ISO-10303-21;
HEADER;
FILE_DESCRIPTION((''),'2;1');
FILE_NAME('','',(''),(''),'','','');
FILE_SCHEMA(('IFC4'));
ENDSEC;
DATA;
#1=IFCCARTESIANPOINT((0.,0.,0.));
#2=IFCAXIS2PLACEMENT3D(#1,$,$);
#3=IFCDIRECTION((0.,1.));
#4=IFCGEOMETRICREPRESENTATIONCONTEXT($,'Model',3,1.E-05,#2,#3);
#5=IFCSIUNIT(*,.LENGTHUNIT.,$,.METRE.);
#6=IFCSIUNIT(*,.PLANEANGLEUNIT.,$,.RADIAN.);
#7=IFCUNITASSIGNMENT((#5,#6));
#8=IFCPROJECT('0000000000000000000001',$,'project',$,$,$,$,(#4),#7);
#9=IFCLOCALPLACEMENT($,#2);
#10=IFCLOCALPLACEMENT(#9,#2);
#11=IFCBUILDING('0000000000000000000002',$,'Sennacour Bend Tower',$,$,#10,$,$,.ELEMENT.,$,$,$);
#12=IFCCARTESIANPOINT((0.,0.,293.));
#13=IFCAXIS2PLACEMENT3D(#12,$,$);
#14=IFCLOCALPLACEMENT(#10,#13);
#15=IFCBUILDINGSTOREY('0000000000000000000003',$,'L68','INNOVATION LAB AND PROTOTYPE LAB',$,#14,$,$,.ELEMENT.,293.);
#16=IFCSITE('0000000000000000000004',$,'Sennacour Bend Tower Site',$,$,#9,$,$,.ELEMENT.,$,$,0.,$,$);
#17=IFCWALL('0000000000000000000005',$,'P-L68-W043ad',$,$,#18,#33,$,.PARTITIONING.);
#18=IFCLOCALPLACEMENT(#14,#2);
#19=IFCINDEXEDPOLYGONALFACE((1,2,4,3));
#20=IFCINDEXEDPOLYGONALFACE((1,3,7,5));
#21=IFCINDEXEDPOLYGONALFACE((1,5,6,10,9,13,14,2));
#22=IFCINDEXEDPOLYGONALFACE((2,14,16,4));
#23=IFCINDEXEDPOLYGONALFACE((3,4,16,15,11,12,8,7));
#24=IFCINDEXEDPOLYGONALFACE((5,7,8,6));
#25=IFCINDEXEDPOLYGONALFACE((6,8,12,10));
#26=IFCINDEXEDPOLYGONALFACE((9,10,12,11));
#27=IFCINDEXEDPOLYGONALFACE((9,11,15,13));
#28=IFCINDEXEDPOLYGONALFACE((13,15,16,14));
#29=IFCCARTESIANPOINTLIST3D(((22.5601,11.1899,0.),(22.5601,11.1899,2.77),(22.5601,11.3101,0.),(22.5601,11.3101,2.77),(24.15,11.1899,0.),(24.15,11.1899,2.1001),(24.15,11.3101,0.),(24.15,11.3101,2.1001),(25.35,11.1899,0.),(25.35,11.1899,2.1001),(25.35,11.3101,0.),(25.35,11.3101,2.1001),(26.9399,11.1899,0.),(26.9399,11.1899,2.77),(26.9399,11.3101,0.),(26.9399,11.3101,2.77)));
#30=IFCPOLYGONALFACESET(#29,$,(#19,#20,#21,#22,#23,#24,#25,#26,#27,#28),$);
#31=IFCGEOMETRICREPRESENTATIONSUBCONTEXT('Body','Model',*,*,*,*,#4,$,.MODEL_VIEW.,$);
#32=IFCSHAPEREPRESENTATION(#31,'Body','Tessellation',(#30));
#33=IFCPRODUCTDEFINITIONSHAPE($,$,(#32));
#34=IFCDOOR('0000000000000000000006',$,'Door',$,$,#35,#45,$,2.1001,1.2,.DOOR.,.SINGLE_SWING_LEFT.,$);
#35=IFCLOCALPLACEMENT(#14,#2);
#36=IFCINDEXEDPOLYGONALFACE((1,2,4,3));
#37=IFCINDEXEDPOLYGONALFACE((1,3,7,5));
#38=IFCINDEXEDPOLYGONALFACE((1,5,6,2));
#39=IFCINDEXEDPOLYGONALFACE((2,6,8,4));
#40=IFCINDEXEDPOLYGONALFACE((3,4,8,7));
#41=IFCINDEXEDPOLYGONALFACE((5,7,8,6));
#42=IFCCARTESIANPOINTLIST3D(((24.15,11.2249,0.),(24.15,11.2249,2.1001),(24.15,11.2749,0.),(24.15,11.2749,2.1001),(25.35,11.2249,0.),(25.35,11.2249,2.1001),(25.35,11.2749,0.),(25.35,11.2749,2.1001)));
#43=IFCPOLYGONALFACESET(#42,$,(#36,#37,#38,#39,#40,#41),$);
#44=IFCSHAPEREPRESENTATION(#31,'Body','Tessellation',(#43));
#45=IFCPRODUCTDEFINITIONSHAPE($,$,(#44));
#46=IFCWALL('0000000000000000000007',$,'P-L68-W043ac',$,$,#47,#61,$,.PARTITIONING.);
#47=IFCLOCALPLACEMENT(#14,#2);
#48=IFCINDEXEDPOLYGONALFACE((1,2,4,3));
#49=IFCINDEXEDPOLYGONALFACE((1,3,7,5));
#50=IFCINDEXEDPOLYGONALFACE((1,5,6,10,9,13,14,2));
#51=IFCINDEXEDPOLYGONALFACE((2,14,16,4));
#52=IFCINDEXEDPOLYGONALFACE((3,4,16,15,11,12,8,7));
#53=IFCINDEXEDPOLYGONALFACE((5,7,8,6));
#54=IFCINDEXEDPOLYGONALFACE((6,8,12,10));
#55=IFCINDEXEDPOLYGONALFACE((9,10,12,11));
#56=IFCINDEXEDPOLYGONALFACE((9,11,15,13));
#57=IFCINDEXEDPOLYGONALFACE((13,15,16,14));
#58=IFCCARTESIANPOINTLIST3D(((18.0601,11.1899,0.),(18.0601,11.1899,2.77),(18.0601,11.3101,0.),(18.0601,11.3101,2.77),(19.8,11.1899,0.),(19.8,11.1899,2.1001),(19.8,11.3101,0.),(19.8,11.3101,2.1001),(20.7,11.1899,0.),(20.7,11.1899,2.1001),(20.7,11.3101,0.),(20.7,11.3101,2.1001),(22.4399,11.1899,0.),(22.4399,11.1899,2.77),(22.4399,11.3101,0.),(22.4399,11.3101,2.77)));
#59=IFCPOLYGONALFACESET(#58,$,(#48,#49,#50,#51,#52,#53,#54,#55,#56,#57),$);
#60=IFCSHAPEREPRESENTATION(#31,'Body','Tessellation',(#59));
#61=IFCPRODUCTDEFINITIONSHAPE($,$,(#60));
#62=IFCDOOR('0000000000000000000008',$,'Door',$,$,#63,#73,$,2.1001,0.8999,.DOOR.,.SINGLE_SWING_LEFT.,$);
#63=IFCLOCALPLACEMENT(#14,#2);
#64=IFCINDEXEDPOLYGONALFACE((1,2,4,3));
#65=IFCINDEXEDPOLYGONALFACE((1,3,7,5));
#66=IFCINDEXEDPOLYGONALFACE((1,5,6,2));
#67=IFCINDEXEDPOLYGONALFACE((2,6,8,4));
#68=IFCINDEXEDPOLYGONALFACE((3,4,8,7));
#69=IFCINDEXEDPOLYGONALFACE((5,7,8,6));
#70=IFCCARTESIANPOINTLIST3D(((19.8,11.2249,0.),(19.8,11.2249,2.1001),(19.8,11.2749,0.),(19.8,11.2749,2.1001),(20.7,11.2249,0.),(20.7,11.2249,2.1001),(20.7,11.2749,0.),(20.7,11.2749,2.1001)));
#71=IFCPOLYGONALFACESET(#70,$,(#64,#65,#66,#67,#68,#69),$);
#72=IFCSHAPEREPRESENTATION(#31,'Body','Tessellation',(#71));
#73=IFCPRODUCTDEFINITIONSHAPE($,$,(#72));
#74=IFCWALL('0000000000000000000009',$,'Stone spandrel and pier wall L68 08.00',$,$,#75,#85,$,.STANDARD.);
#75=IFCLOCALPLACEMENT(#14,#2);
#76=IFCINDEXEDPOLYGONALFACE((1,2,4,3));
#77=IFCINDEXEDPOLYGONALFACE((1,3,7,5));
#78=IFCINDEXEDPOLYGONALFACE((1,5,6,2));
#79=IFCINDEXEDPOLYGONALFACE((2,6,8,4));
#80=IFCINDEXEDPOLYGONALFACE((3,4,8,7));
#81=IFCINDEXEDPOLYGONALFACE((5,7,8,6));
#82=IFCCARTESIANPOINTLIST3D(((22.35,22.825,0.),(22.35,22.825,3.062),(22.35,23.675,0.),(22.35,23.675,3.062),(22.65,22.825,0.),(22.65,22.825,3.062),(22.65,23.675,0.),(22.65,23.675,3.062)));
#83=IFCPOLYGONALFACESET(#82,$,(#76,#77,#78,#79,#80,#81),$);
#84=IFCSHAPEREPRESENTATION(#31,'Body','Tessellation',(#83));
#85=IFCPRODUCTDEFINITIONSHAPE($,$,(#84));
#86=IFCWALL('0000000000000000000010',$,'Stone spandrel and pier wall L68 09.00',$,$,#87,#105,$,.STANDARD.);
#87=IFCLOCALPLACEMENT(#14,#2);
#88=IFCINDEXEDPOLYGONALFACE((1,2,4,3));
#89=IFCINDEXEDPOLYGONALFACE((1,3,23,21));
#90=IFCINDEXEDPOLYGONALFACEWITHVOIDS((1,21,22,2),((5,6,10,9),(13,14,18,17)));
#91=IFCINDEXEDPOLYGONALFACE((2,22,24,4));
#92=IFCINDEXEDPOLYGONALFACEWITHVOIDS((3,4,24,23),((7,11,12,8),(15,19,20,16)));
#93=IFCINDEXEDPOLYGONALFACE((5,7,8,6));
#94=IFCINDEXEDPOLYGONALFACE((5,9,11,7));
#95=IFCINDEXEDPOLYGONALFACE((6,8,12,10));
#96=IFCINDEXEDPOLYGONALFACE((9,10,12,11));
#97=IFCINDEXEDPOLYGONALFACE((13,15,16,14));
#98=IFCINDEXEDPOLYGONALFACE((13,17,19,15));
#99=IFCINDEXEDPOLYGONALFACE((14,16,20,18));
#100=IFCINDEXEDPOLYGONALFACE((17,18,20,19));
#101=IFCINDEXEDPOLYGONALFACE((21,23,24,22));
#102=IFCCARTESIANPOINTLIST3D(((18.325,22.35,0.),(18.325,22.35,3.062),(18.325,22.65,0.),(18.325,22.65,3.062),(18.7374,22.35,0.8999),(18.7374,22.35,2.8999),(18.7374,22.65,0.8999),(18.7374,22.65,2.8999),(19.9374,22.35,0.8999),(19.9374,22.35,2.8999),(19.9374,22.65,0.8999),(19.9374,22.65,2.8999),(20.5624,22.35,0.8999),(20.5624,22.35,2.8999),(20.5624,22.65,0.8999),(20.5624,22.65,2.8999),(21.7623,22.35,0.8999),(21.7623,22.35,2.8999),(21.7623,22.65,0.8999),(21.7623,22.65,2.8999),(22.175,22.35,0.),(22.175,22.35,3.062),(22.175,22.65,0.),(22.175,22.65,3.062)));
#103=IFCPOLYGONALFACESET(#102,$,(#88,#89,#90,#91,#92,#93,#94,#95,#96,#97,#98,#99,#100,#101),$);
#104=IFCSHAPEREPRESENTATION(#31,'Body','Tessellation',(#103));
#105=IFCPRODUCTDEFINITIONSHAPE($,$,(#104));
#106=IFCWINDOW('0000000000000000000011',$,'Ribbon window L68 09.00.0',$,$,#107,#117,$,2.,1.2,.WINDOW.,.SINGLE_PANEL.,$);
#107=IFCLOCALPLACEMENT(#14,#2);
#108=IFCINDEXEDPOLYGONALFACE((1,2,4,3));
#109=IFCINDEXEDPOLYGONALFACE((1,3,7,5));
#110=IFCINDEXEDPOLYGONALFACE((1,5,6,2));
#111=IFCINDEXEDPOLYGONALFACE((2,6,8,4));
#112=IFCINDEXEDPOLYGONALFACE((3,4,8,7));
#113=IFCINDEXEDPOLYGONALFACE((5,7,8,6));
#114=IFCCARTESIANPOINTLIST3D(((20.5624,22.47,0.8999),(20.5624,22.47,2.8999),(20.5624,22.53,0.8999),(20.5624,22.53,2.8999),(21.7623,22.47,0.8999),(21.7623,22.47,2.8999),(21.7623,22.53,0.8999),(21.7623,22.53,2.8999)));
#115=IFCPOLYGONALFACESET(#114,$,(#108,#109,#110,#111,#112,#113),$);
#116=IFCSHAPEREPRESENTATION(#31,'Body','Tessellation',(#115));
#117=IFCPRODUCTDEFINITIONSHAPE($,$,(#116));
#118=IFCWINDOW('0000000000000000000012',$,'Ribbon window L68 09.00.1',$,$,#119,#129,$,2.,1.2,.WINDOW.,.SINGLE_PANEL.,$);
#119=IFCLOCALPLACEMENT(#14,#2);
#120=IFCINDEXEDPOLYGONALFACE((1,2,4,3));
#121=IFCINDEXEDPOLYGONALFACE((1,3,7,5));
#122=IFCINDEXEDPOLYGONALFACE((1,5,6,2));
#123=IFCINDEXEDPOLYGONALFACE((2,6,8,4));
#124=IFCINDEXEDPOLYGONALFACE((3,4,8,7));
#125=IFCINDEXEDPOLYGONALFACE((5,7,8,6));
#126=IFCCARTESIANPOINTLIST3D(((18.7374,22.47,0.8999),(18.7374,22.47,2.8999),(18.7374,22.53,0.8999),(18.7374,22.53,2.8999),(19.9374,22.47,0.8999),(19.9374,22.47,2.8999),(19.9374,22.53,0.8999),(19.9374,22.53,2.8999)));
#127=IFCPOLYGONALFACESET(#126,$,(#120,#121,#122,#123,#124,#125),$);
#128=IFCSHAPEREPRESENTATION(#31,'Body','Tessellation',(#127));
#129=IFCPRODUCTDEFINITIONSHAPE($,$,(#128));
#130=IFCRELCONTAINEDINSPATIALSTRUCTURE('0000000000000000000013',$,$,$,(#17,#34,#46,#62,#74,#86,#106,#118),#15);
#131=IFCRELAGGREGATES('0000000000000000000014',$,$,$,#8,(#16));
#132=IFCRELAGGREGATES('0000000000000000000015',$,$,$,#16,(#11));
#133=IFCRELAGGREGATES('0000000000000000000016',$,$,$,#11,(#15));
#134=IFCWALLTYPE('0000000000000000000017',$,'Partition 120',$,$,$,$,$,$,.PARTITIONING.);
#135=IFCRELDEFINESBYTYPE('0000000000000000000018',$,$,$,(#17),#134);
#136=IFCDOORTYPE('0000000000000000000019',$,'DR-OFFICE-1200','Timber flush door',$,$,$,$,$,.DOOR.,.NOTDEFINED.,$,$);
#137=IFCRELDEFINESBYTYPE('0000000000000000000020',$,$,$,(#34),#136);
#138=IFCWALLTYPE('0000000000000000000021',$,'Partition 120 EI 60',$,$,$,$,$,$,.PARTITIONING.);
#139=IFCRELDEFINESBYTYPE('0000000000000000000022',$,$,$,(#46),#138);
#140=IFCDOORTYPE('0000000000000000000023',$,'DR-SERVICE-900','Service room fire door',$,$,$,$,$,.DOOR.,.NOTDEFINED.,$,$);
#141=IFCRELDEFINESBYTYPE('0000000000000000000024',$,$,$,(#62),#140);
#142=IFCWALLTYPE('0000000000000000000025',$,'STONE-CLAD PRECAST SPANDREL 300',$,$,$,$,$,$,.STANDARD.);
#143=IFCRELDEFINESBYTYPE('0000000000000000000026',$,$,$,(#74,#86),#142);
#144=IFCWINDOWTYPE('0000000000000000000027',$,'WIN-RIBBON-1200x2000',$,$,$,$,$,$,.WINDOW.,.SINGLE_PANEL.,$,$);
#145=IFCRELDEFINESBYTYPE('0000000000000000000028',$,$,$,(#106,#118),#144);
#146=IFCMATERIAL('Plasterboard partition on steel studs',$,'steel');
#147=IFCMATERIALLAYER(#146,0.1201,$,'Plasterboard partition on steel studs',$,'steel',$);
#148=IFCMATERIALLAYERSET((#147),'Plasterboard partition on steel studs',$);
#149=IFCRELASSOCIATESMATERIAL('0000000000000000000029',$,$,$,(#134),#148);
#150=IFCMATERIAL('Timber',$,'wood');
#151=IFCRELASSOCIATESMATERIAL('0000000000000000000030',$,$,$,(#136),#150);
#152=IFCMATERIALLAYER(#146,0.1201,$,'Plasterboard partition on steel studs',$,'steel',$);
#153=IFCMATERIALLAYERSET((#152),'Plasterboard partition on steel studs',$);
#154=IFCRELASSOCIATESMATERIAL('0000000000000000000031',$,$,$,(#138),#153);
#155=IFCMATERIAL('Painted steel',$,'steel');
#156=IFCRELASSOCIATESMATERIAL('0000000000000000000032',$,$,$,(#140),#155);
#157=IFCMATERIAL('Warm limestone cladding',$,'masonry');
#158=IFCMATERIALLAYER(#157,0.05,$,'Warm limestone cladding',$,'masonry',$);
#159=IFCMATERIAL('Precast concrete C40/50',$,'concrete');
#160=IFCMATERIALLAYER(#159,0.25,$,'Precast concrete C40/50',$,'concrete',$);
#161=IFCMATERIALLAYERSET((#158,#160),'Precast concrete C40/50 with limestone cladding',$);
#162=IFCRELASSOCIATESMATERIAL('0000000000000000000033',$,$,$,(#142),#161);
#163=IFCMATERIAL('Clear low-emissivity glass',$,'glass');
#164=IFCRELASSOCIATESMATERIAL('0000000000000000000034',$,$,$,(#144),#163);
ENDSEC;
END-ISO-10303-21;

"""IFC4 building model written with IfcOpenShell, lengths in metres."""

from ifc_helpers import new_model, si_unit, direction, frame, frame_2d, origin, place, context, subcontext, project, spatial, rectangle, extrude, material, layer, layer_set, type_object, element, fill, save


model = new_model("IFC4")

# Units and contexts
model_context = context("Model", 3, precision=1e-05, world=origin(), true_north=direction((0.0, 1.0)))
body_context = subcontext(model_context, "Body", "Model", "MODEL_VIEW")
ifc_project = project(units=[si_unit("LENGTHUNIT", "METRE"), si_unit("PLANEANGLEUNIT", "RADIAN")], contexts=[model_context])

# Site, building, storey
site_placement = place(None, origin())
site = spatial("IfcSite", under=ifc_project, at=site_placement, Name="Sennacour Bend Tower Site", CompositionType="ELEMENT", RefElevation=0.0)
building_placement = place(site_placement, origin())
building = spatial("IfcBuilding", under=site, at=building_placement, Name="Sennacour Bend Tower", CompositionType="ELEMENT")
storey_placement = place(building_placement, frame((0.0, 0.0, 293.0)))
storey = spatial("IfcBuildingStorey", under=building, at=storey_placement, Name="L68", Description="INNOVATION LAB AND PROTOTYPE LAB", CompositionType="ELEMENT", Elevation=293.0)

# Shared definitions
ifc_material_1 = material(Name="Plasterboard partition on steel studs", Category="steel")
ifc_layer_1 = layer(ifc_material_1, 0.1201, Name="Plasterboard partition on steel studs", Category="steel")
ifc_layer_set_1 = layer_set([ifc_layer_1], Name="Plasterboard partition on steel studs")
wall_type_1 = type_object("IfcWallType", Name="Partition 120", PredefinedType="PARTITIONING", material=ifc_layer_set_1)

# Walls, openings, doors
ifc_material_2 = material(Name="Timber", Category="wood")
door_type_1 = type_object("IfcDoorType", Name="DR-OFFICE-1200", Description="Timber flush door", OperationType="NOTDEFINED", PredefinedType="DOOR", material=ifc_material_2)
wall_1_placement = place(storey_placement, frame((22.5601, 11.25, 0.0), z_axis=(0.0, 0.0, 1.0), x_axis=(1.0, 0.0, 0.0)))
wall_1 = element("IfcWall", 1, at=wall_1_placement, inside=storey, type_object=wall_type_1, Name="P-L68-W043ad", PredefinedType="PARTITIONING", context=body_context, shape_type="SweptSolid", body=[
    extrude(rectangle(XDim=4.3799, YDim=0.1201, at=frame_2d((2.1899, 0.0))), origin(), (0.0, 0.0, 1.0), 2.77),
])
opening_1_placement = place(wall_1_placement, frame((1.5898, 0.0, 0.0)))
opening_1 = element("IfcOpeningElement", 2, at=opening_1_placement, cuts=wall_1, PredefinedType="OPENING", context=body_context, shape_type="SweptSolid", body=[
    extrude(rectangle(XDim=1.2, YDim=2.1001, at=frame_2d((0.6001, 1.05))), frame((0.0, 0.0701, 0.0), z_axis=(0.0, -1.0, 0.0), x_axis=(1.0, 0.0, 0.0)), (0.0, 0.0, 1.0), 0.1401),
])
door_1_placement = place(opening_1_placement, origin())
door_1 = element("IfcDoor", 3, at=door_1_placement, inside=storey, type_object=door_type_1, Name="Door", OperationType="SINGLE_SWING_LEFT", OverallHeight=2.1001, OverallWidth=1.2, PredefinedType="DOOR", context=body_context, shape_type="SweptSolid", body=[
    extrude(rectangle(XDim=1.2, YDim=2.1001, at=frame_2d((0.6001, 1.05))), frame((0.0, 0.0249, 0.0), z_axis=(0.0, -1.0, 0.0), x_axis=(1.0, 0.0, 0.0)), (0.0, 0.0, 1.0), 0.05),
])
fill(opening_1, door_1)
ifc_layer_2 = layer(ifc_material_1, 0.1201, Name="Plasterboard partition on steel studs", Category="steel")
ifc_layer_set_2 = layer_set([ifc_layer_2], Name="Plasterboard partition on steel studs")
wall_type_2 = type_object("IfcWallType", Name="Partition 120 EI 60", PredefinedType="PARTITIONING", material=ifc_layer_set_2)
wall_2_placement = place(storey_placement, frame((18.0601, 11.25, 0.0), z_axis=(0.0, 0.0, 1.0), x_axis=(1.0, 0.0, 0.0)))
wall_2 = element("IfcWall", 4, at=wall_2_placement, inside=storey, type_object=wall_type_2, Name="P-L68-W043ac", PredefinedType="PARTITIONING", context=body_context, shape_type="SweptSolid", body=[
    extrude(rectangle(XDim=4.3799, YDim=0.1201, at=frame_2d((2.1899, 0.0))), origin(), (0.0, 0.0, 1.0), 2.77),
])
opening_2_placement = place(wall_2_placement, frame((1.74, 0.0, 0.0)))
opening_2 = element("IfcOpeningElement", 5, at=opening_2_placement, cuts=wall_2, PredefinedType="OPENING", context=body_context, shape_type="SweptSolid", body=[
    extrude(rectangle(XDim=0.8999, YDim=2.1001, at=frame_2d((0.45, 1.05))), frame((0.0, 0.0701, 0.0), z_axis=(0.0, -1.0, 0.0), x_axis=(1.0, 0.0, 0.0)), (0.0, 0.0, 1.0), 0.1401),
])
ifc_material_3 = material(Name="Painted steel", Category="steel")
door_type_2 = type_object("IfcDoorType", Name="DR-SERVICE-900", Description="Service room fire door", OperationType="NOTDEFINED", PredefinedType="DOOR", material=ifc_material_3)
door_2_placement = place(opening_2_placement, origin())
door_2 = element("IfcDoor", 6, at=door_2_placement, inside=storey, type_object=door_type_2, Name="Door", OperationType="SINGLE_SWING_LEFT", OverallHeight=2.1001, OverallWidth=0.8999, PredefinedType="DOOR", context=body_context, shape_type="SweptSolid", body=[
    extrude(rectangle(XDim=0.8999, YDim=2.1001, at=frame_2d((0.45, 1.05))), frame((0.0, 0.0249, 0.0), z_axis=(0.0, -1.0, 0.0), x_axis=(1.0, 0.0, 0.0)), (0.0, 0.0, 1.0), 0.05),
])
fill(opening_2, door_2)

# Wall
ifc_material_4 = material(Name="Warm limestone cladding", Category="masonry")
ifc_layer_3 = layer(ifc_material_4, 0.05, Name="Warm limestone cladding", Category="masonry")
ifc_material_5 = material(Name="Precast concrete C40/50", Category="concrete")
ifc_layer_4 = layer(ifc_material_5, 0.25, Name="Precast concrete C40/50", Category="concrete")
ifc_layer_set_3 = layer_set([ifc_layer_3, ifc_layer_4], Name="Precast concrete C40/50 with limestone cladding")
wall_type_3 = type_object("IfcWallType", Name="STONE-CLAD PRECAST SPANDREL 300", PredefinedType="STANDARD", material=ifc_layer_set_3)
wall_3_placement = place(storey_placement, frame((22.5, 23.675, 0.0), z_axis=(0.0, 0.0, 1.0), x_axis=(0.0, -1.0, 0.0)))
element("IfcWall", 7, at=wall_3_placement, inside=storey, type_object=wall_type_3, Name="Stone spandrel and pier wall L68 08.00", PredefinedType="STANDARD", context=body_context, shape_type="SweptSolid", body=[
    extrude(rectangle(XDim=0.8501, YDim=0.3, at=frame_2d((0.425, 0.0))), origin(), (0.0, 0.0, 1.0), 3.062),
])

# Wall, openings, windows
wall_4_placement = place(storey_placement, frame((22.175, 22.5, 0.0), z_axis=(0.0, 0.0, 1.0), x_axis=(-1.0, 0.0, 0.0)))
wall_4 = element("IfcWall", 8, at=wall_4_placement, inside=storey, type_object=wall_type_3, Name="Stone spandrel and pier wall L68 09.00", PredefinedType="STANDARD", context=body_context, shape_type="SweptSolid", body=[
    extrude(rectangle(XDim=3.8501, YDim=0.3, at=frame_2d((1.925, 0.0))), origin(), (0.0, 0.0, 1.0), 3.062),
])
opening_3_placement = place(wall_4_placement, frame((0.4126, 0.0, 0.8999)))
opening_3 = element("IfcOpeningElement", 9, at=opening_3_placement, cuts=wall_4, PredefinedType="OPENING", context=body_context, shape_type="SweptSolid", body=[
    extrude(rectangle(XDim=1.2, YDim=2.0, at=frame_2d((0.6001, 1.0))), frame((0.0, 0.1602, 0.0), z_axis=(0.0, -1.0, 0.0), x_axis=(1.0, 0.0, 0.0)), (0.0, 0.0, 1.0), 0.3201),
])
opening_4_placement = place(wall_4_placement, frame((2.2375, 0.0, 0.8999)))
opening_4 = element("IfcOpeningElement", 10, at=opening_4_placement, cuts=wall_4, PredefinedType="OPENING", context=body_context, shape_type="SweptSolid", body=[
    extrude(rectangle(XDim=1.2, YDim=2.0, at=frame_2d((0.6001, 1.0))), frame((0.0, 0.1602, 0.0), z_axis=(0.0, -1.0, 0.0), x_axis=(1.0, 0.0, 0.0)), (0.0, 0.0, 1.0), 0.3201),
])
ifc_material_6 = material(Name="Clear low-emissivity glass", Category="glass")
window_type = type_object("IfcWindowType", Name="WIN-RIBBON-1200x2000", PartitioningType="SINGLE_PANEL", PredefinedType="WINDOW", material=ifc_material_6)
window_1_placement = place(opening_3_placement, origin())
window_1 = element("IfcWindow", 11, at=window_1_placement, inside=storey, type_object=window_type, Name="Ribbon window L68 09.00.0", OverallHeight=2.0, OverallWidth=1.2, PartitioningType="SINGLE_PANEL", PredefinedType="WINDOW", context=body_context, shape_type="SweptSolid", body=[
    extrude(rectangle(XDim=1.2, YDim=2.0, at=frame_2d((0.6001, 1.0))), frame((0.0, 0.03, 0.0), z_axis=(0.0, -1.0, 0.0), x_axis=(1.0, 0.0, 0.0)), (0.0, 0.0, 1.0), 0.0601),
])
fill(opening_3, window_1)
window_2_placement = place(opening_4_placement, origin())
window_2 = element("IfcWindow", 12, at=window_2_placement, inside=storey, type_object=window_type, Name="Ribbon window L68 09.00.1", OverallHeight=2.0, OverallWidth=1.2, PartitioningType="SINGLE_PANEL", PredefinedType="WINDOW", context=body_context, shape_type="SweptSolid", body=[
    extrude(rectangle(XDim=1.2, YDim=2.0, at=frame_2d((0.6001, 1.0))), frame((0.0, 0.03, 0.0), z_axis=(0.0, -1.0, 0.0), x_axis=(1.0, 0.0, 0.0)), (0.0, 0.0, 1.0), 0.0601),
])
fill(opening_4, window_2)

save(model, "model.ifc")
